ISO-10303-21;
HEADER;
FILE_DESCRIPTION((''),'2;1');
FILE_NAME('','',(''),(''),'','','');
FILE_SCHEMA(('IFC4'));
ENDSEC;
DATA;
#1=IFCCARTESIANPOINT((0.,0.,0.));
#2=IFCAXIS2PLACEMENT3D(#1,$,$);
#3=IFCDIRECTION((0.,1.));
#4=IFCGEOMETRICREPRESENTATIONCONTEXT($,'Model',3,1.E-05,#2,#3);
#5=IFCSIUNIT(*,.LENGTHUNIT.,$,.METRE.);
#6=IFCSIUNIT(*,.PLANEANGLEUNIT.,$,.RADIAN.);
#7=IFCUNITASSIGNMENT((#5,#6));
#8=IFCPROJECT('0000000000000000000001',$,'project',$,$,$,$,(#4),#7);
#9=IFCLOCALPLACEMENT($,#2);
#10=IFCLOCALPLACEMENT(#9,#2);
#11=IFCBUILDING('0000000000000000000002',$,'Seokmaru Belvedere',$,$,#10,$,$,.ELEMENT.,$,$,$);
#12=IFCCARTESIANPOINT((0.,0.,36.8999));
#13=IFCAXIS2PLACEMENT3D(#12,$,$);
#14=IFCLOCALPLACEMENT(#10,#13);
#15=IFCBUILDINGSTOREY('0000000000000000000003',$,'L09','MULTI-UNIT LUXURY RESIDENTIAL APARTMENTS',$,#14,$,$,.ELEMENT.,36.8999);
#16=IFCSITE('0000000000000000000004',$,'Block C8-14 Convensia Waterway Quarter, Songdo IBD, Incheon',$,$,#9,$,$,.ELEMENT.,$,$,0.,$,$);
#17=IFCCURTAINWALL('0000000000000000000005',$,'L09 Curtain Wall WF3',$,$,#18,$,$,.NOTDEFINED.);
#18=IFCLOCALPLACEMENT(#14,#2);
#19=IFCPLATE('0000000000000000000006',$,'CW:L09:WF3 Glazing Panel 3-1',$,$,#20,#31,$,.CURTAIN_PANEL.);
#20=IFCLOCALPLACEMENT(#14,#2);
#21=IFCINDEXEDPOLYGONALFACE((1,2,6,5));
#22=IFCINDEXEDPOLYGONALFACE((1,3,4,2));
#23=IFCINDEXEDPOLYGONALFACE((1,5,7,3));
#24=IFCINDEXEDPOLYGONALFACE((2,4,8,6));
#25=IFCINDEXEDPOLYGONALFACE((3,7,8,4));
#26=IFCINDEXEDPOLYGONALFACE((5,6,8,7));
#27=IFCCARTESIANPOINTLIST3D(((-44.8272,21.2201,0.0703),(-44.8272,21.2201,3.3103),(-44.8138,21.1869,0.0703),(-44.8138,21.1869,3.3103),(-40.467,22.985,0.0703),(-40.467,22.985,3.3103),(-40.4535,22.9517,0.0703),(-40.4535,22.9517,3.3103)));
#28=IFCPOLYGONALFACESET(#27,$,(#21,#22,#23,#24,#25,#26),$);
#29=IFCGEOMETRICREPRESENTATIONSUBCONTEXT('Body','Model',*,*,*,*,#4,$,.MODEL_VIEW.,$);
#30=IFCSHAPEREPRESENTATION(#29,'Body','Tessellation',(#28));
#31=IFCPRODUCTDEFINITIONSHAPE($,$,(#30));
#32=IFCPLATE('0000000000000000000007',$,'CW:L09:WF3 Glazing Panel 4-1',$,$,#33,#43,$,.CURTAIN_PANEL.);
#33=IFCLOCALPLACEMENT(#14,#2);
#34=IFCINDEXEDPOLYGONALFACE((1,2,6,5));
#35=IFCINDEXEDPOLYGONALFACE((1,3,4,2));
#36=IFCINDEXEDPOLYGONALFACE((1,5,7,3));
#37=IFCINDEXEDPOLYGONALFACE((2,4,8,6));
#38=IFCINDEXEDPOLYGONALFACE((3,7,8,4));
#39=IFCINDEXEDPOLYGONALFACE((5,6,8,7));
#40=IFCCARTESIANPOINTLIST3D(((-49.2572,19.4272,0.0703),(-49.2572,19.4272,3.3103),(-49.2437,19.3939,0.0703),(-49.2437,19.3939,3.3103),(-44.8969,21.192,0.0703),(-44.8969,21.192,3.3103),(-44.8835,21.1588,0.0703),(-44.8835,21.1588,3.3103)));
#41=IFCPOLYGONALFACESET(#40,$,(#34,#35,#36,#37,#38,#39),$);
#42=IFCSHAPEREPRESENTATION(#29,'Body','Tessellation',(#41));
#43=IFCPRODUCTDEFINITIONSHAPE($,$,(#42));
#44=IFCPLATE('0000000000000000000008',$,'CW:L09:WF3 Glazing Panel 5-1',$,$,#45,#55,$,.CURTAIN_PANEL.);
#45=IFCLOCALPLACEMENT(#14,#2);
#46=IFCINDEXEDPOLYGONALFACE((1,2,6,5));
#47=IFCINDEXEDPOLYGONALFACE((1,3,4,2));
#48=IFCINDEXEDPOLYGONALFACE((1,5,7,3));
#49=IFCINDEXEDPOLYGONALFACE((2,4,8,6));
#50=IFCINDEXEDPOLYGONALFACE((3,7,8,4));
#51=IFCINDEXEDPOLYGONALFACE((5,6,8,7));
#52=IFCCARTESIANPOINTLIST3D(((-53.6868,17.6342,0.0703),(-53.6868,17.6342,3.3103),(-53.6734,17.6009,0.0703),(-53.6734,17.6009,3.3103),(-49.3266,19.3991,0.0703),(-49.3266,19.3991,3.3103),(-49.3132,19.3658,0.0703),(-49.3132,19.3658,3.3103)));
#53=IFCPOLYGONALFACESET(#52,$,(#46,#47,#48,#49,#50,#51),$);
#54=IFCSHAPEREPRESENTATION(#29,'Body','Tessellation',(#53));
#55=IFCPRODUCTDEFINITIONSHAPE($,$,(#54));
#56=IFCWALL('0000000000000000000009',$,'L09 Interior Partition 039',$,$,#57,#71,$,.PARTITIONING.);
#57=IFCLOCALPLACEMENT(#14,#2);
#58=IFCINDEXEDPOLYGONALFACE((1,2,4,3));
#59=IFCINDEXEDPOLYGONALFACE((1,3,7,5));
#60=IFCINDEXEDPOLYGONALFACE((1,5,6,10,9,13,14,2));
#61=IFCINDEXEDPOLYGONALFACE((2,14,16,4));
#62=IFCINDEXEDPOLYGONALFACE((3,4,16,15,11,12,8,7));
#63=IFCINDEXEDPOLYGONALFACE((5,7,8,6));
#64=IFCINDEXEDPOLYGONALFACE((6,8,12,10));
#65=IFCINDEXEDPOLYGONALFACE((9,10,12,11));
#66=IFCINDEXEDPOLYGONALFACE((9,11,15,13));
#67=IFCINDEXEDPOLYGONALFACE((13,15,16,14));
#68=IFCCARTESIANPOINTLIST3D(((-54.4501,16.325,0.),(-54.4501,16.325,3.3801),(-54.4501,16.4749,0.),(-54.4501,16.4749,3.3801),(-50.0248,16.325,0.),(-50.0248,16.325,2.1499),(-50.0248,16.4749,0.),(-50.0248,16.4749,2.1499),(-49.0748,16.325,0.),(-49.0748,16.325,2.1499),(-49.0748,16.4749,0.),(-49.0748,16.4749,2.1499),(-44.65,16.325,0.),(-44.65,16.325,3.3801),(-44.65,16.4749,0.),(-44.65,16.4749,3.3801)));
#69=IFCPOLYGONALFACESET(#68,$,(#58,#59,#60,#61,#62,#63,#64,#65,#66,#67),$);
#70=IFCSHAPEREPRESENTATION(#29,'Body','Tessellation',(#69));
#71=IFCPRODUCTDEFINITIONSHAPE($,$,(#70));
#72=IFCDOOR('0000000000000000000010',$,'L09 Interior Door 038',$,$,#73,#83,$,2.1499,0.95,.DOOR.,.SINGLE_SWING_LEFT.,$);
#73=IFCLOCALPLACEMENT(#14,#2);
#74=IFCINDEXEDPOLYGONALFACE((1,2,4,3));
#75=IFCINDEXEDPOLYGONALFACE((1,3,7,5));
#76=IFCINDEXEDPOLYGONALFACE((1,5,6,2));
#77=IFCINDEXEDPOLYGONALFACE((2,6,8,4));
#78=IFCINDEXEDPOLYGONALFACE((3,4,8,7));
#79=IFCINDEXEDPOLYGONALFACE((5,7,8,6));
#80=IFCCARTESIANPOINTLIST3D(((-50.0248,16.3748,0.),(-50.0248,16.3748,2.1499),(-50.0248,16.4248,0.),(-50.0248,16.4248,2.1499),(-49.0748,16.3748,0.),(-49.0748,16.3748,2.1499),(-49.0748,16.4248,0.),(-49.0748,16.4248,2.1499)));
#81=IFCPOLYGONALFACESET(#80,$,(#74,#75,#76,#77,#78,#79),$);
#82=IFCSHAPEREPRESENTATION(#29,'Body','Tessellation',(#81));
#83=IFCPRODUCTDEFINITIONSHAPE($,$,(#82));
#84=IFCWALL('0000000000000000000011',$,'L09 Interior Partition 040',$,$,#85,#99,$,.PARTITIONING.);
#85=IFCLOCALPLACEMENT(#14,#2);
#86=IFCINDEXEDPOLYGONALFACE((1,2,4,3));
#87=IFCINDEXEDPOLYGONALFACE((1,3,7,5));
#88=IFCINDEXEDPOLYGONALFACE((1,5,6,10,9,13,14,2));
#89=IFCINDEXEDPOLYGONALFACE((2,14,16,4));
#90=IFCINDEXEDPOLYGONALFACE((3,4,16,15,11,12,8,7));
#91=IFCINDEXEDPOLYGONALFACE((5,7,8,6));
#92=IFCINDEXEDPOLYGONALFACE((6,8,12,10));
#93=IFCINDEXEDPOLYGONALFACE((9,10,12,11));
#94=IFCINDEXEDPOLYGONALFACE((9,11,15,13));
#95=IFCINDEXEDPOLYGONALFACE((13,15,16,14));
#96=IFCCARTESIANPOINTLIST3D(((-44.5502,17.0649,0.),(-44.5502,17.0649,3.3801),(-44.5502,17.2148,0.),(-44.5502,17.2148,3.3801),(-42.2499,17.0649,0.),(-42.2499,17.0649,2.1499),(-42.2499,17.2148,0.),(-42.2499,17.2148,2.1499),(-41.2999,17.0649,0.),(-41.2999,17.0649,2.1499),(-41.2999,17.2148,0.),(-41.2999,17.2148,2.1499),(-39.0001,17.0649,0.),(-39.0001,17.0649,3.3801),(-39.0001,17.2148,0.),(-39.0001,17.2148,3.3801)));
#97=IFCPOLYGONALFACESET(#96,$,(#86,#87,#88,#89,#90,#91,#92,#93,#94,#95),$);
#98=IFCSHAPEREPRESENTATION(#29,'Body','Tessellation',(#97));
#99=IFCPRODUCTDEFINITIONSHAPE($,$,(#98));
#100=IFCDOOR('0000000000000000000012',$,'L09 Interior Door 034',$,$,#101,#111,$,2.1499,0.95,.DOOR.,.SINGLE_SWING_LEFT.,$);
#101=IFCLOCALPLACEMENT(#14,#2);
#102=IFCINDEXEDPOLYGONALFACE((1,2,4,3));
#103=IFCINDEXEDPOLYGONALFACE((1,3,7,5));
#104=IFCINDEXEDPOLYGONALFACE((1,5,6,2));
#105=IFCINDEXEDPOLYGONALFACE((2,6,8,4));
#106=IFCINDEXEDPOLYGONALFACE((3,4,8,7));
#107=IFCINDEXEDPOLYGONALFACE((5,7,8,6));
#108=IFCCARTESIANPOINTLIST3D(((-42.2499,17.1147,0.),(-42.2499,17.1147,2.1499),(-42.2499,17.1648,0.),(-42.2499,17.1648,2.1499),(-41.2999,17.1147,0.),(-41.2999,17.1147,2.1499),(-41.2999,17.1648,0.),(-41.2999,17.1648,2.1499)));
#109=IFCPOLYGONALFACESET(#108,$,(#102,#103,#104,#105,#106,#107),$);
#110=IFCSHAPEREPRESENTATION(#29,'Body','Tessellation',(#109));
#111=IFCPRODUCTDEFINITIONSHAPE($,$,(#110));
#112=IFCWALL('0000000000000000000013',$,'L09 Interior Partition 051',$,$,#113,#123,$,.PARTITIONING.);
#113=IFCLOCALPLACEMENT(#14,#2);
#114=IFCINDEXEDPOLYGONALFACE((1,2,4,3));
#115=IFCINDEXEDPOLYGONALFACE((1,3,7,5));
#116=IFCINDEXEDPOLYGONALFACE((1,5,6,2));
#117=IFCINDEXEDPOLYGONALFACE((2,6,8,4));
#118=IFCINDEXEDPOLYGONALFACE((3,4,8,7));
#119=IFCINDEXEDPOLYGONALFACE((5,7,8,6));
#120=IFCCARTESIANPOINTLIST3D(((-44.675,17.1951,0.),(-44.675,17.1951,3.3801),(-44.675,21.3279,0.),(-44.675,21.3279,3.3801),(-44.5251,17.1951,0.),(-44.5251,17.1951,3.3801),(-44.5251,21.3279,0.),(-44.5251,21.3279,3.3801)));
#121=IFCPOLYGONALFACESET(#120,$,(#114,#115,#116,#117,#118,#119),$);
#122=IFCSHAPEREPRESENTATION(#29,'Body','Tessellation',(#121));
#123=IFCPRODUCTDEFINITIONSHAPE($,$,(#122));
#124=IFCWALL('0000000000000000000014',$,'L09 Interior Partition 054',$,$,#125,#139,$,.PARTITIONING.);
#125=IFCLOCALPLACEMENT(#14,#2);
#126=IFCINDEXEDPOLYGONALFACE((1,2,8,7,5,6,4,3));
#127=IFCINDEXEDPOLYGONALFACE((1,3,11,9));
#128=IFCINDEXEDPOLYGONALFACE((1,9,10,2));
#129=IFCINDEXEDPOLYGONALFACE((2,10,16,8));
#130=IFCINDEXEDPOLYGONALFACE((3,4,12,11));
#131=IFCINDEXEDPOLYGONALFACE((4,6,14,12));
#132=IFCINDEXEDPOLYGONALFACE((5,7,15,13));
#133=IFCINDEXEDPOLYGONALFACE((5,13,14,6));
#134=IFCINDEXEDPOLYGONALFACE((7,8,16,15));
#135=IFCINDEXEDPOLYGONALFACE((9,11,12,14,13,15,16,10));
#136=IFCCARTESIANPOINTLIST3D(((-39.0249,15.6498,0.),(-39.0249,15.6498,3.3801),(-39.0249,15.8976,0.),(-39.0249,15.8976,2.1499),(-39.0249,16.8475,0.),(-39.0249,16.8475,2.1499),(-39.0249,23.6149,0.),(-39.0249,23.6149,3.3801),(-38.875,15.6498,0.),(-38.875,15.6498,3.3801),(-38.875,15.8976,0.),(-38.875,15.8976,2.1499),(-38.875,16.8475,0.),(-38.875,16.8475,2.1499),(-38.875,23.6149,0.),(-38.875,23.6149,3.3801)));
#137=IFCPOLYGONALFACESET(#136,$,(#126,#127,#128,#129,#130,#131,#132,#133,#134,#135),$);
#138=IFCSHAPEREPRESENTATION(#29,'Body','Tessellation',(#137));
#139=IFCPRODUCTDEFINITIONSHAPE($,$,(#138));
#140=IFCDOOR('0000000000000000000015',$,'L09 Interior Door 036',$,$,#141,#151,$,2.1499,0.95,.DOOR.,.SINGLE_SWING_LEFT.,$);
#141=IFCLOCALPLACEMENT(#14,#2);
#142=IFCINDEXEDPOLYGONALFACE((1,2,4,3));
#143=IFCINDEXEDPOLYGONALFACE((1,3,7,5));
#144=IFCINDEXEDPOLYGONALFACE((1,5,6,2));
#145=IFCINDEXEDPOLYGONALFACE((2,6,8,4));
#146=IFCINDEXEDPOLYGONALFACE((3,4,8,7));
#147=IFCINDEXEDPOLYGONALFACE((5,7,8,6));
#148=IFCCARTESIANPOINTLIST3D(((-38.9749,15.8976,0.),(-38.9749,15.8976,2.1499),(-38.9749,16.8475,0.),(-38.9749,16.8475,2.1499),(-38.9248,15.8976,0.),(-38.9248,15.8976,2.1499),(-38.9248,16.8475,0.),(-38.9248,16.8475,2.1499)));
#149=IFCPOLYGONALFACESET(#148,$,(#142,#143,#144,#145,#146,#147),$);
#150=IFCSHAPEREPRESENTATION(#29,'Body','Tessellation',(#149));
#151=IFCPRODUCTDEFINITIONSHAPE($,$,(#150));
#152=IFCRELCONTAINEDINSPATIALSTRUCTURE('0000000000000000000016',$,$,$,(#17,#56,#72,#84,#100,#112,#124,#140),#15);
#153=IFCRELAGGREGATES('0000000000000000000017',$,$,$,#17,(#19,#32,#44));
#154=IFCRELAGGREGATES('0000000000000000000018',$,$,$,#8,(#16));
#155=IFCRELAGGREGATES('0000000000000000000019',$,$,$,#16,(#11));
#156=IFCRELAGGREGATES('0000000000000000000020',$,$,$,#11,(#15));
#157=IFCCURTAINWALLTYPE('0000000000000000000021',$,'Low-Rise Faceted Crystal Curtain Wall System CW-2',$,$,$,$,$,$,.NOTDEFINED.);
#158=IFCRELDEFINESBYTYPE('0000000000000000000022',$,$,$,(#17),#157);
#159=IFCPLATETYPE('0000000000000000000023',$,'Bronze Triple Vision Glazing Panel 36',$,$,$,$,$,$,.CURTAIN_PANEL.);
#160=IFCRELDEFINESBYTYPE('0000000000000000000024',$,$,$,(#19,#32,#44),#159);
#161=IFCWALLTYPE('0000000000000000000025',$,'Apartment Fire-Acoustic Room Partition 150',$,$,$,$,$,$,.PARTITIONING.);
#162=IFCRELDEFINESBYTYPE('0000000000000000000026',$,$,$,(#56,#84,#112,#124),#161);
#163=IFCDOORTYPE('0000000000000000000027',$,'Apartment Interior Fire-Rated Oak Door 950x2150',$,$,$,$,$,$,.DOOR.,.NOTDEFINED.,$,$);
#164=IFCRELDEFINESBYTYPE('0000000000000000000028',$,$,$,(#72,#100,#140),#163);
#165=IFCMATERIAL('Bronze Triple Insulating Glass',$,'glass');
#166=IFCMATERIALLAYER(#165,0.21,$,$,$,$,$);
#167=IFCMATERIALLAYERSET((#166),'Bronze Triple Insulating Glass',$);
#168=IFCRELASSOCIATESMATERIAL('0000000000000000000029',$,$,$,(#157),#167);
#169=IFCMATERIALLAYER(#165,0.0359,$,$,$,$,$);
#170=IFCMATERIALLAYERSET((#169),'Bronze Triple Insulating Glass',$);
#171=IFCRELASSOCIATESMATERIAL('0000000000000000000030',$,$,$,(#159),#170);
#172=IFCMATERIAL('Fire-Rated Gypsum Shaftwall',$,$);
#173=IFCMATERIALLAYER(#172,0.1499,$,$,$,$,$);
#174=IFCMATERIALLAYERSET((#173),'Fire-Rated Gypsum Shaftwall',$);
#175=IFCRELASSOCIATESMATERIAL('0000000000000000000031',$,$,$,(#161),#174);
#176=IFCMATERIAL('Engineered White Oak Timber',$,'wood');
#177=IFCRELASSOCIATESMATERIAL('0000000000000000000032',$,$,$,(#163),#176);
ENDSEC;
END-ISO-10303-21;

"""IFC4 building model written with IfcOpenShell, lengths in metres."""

from ifc_helpers import new_model, si_unit, direction, frame, frame_2d, origin, origin_2d, place, context, subcontext, project, spatial, rectangle, extrude, source, transform, mapped, material, layer, layer_set, type_object, type_shapes, element, fill, aggregate, save


model = new_model("IFC4")

# Units and contexts
model_context = context("Model", 3, precision=1e-05, world=origin(), true_north=direction((0.0, 1.0)))
body_context = subcontext(model_context, "Body", "Model", "MODEL_VIEW")
ifc_project = project(units=[si_unit("LENGTHUNIT", "METRE"), si_unit("PLANEANGLEUNIT", "RADIAN")], contexts=[model_context])

# Site, building, storey
site_placement = place(None, origin())
site = spatial("IfcSite", under=ifc_project, at=site_placement, Name="Block C8-14 Convensia Waterway Quarter, Songdo IBD, Incheon", CompositionType="ELEMENT", RefElevation=0.0)
building_placement = place(site_placement, origin())
building = spatial("IfcBuilding", under=site, at=building_placement, Name="Seokmaru Belvedere", CompositionType="ELEMENT")
storey_placement = place(building_placement, frame((0.0, 0.0, 36.8999)))
storey = spatial("IfcBuildingStorey", under=building, at=storey_placement, Name="L09", Description="MULTI-UNIT LUXURY RESIDENTIAL APARTMENTS", CompositionType="ELEMENT", Elevation=36.8999)

# Curtain wall, plates
ifc_material_1 = material(Name="Bronze Triple Insulating Glass", Category="glass")
ifc_layer_1 = layer(ifc_material_1, 0.21)
ifc_layer_set_1 = layer_set([ifc_layer_1], Name="Bronze Triple Insulating Glass")
curtain_wall_type = type_object("IfcCurtainWallType", Name="Low-Rise Faceted Crystal Curtain Wall System CW-2", PredefinedType="NOTDEFINED", material=ifc_layer_set_1)
curtain_wall_placement = place(storey_placement, origin())
curtain_wall = element("IfcCurtainWall", 1, at=curtain_wall_placement, inside=storey, type_object=curtain_wall_type, Name="L09 Curtain Wall WF3", PredefinedType="NOTDEFINED")
ifc_layer_2 = layer(ifc_material_1, 0.0359)
ifc_layer_set_2 = layer_set([ifc_layer_2], Name="Bronze Triple Insulating Glass")
plate_type = type_object("IfcPlateType", Name="Bronze Triple Vision Glazing Panel 36", PredefinedType="CURTAIN_PANEL", material=ifc_layer_set_2)
shared_shape_1 = source(origin(), body_context, "Body", "SweptSolid", [
    extrude(rectangle(XDim=4.7039, YDim=0.0359, at=origin_2d()), origin(), (0.0, 0.0, 1.0), 3.24),
])
type_shapes(plate_type, [shared_shape_1])
plate_1_placement = place(storey_placement, frame((-42.6404, 22.0859, 0.0703), z_axis=(0.0, 0.0, 1.0), x_axis=(-0.926947, -0.375192, 0.0)))
plate_1 = element("IfcPlate", 2, at=plate_1_placement, type_object=plate_type, Name="CW:L09:WF3 Glazing Panel 3-1", PredefinedType="CURTAIN_PANEL", context=body_context, shape_type="MappedRepresentation", body=[
    mapped(shared_shape_1, transform((0.0, 0.0, 0.0), scale=1.0)),
])
plate_2_placement = place(storey_placement, frame((-47.0703, 20.293, 0.0703), z_axis=(0.0, 0.0, 1.0), x_axis=(-0.926947, -0.375192, 0.0)))
plate_2 = element("IfcPlate", 3, at=plate_2_placement, type_object=plate_type, Name="CW:L09:WF3 Glazing Panel 4-1", PredefinedType="CURTAIN_PANEL", context=body_context, shape_type="MappedRepresentation", body=[
    mapped(shared_shape_1, transform((0.0, 0.0, 0.0), scale=1.0)),
])
plate_3_placement = place(storey_placement, frame((-51.5, 18.5, 0.0703), z_axis=(0.0, 0.0, 1.0), x_axis=(-0.926947, -0.375192, 0.0)))
plate_3 = element("IfcPlate", 4, at=plate_3_placement, type_object=plate_type, Name="CW:L09:WF3 Glazing Panel 5-1", PredefinedType="CURTAIN_PANEL", context=body_context, shape_type="MappedRepresentation", body=[
    mapped(shared_shape_1, transform((0.0, 0.0, 0.0), scale=1.0)),
])
aggregate(curtain_wall, [plate_1, plate_2, plate_3])

# Walls, openings, doors
ifc_material_2 = material(Name="Fire-Rated Gypsum Shaftwall")
ifc_layer_3 = layer(ifc_material_2, 0.1499)
ifc_layer_set_3 = layer_set([ifc_layer_3], Name="Fire-Rated Gypsum Shaftwall")
wall_type_1 = type_object("IfcWallType", Name="Apartment Fire-Acoustic Room Partition 150", PredefinedType="PARTITIONING", material=ifc_layer_set_3)
wall_1_placement = place(storey_placement, frame((-54.45, 16.3999, 0.0), z_axis=(0.0, 0.0, 1.0), x_axis=(1.0, 0.0, 0.0)))
wall_1 = element("IfcWall", 5, at=wall_1_placement, inside=storey, type_object=wall_type_1, Name="L09 Interior Partition 039", PredefinedType="PARTITIONING", context=body_context, shape_type="SweptSolid", body=[
    extrude(rectangle(XDim=9.8, YDim=0.1499, at=frame_2d((4.8999, 0.0))), origin(), (0.0, 0.0, 1.0), 3.3801),
])
opening_1_placement = place(wall_1_placement, frame((4.425, 0.0, 0.0)))
opening_1 = element("IfcOpeningElement", 6, at=opening_1_placement, cuts=wall_1, PredefinedType="OPENING", context=body_context, shape_type="SweptSolid", body=[
    extrude(rectangle(XDim=0.95, YDim=2.1499, at=frame_2d((0.4751, 1.075))), frame((0.0, 0.085, 0.0), z_axis=(0.0, -1.0, 0.0), x_axis=(1.0, 0.0, 0.0)), (0.0, 0.0, 1.0), 0.1699),
])
ifc_material_3 = material(Name="Engineered White Oak Timber", Category="wood")
door_type_1 = type_object("IfcDoorType", Name="Apartment Interior Fire-Rated Oak Door 950x2150", OperationType="NOTDEFINED", PredefinedType="DOOR", material=ifc_material_3)
shared_shape_2 = source(origin(), body_context, "Body", "SweptSolid", [
    extrude(rectangle(XDim=0.95, YDim=2.1499, at=frame_2d((0.4751, 1.075))), frame((0.0, 0.0249, 0.0), z_axis=(0.0, -1.0, 0.0), x_axis=(1.0, 0.0, 0.0)), (0.0, 0.0, 1.0), 0.05),
])
type_shapes(door_type_1, [shared_shape_2])
door_1_placement = place(opening_1_placement, origin())
door_1 = element("IfcDoor", 7, at=door_1_placement, inside=storey, type_object=door_type_1, Name="L09 Interior Door 038", OperationType="SINGLE_SWING_LEFT", OverallHeight=2.1499, OverallWidth=0.95, PredefinedType="DOOR", context=body_context, shape_type="MappedRepresentation", body=[
    mapped(shared_shape_2, transform((0.0, 0.0, 0.0), scale=1.0)),
])
fill(opening_1, door_1)
wall_2_placement = place(storey_placement, frame((-44.55, 17.1399, 0.0), z_axis=(0.0, 0.0, 1.0), x_axis=(1.0, 0.0, 0.0)))
wall_2 = element("IfcWall", 8, at=wall_2_placement, inside=storey, type_object=wall_type_1, Name="L09 Interior Partition 040", PredefinedType="PARTITIONING", context=body_context, shape_type="SweptSolid", body=[
    extrude(rectangle(XDim=5.55, YDim=0.1499, at=frame_2d((2.7749, 0.0))), origin(), (0.0, 0.0, 1.0), 3.3801),
])
opening_2_placement = place(wall_2_placement, frame((2.3, 0.0, 0.0)))
opening_2 = element("IfcOpeningElement", 9, at=opening_2_placement, cuts=wall_2, PredefinedType="OPENING", context=body_context, shape_type="SweptSolid", body=[
    extrude(rectangle(XDim=0.95, YDim=2.1499, at=frame_2d((0.4751, 1.075))), frame((0.0, 0.085, 0.0), z_axis=(0.0, -1.0, 0.0), x_axis=(1.0, 0.0, 0.0)), (0.0, 0.0, 1.0), 0.1699),
])
door_2_placement = place(opening_2_placement, origin())
door_2 = element("IfcDoor", 10, at=door_2_placement, inside=storey, type_object=door_type_1, Name="L09 Interior Door 034", OperationType="SINGLE_SWING_LEFT", OverallHeight=2.1499, OverallWidth=0.95, PredefinedType="DOOR", context=body_context, shape_type="MappedRepresentation", body=[
    mapped(shared_shape_2, transform((0.0, 0.0, 0.0), scale=1.0)),
])
fill(opening_2, door_2)

# Wall
wall_3_placement = place(storey_placement, frame((-44.6001, 17.1951, 0.0), z_axis=(0.0, 0.0, 1.0), x_axis=(0.0, 1.0, 0.0)))
element("IfcWall", 11, at=wall_3_placement, inside=storey, type_object=wall_type_1, Name="L09 Interior Partition 051", PredefinedType="PARTITIONING", context=body_context, shape_type="SweptSolid", body=[
    extrude(rectangle(XDim=4.1328, YDim=0.1499, at=frame_2d((2.0664, 0.0))), origin(), (0.0, 0.0, 1.0), 3.3801),
])

# Wall, opening, door
wall_4_placement = place(storey_placement, frame((-38.95, 15.6499, 0.0), z_axis=(0.0, 0.0, 1.0), x_axis=(0.0, 1.0, 0.0)))
wall_4 = element("IfcWall", 12, at=wall_4_placement, inside=storey, type_object=wall_type_1, Name="L09 Interior Partition 054", PredefinedType="PARTITIONING", context=body_context, shape_type="SweptSolid", body=[
    extrude(rectangle(XDim=7.9651, YDim=0.1499, at=frame_2d((3.9824, 0.0))), origin(), (0.0, 0.0, 1.0), 3.3801),
])
opening_3_placement = place(wall_4_placement, frame((0.2476, 0.0, 0.0)))
opening_3 = element("IfcOpeningElement", 13, at=opening_3_placement, cuts=wall_4, PredefinedType="OPENING", context=body_context, shape_type="SweptSolid", body=[
    extrude(rectangle(XDim=0.95, YDim=2.1499, at=frame_2d((0.4751, 1.075))), frame((0.0, 0.085, 0.0), z_axis=(0.0, -1.0, 0.0), x_axis=(1.0, 0.0, 0.0)), (0.0, 0.0, 1.0), 0.1699),
])
door_3_placement = place(opening_3_placement, origin())
door_3 = element("IfcDoor", 14, at=door_3_placement, inside=storey, type_object=door_type_1, Name="L09 Interior Door 036", OperationType="SINGLE_SWING_LEFT", OverallHeight=2.1499, OverallWidth=0.95, PredefinedType="DOOR", context=body_context, shape_type="MappedRepresentation", body=[
    mapped(shared_shape_2, transform((0.0, 0.0, 0.0), scale=1.0)),
])
fill(opening_3, door_3)

save(model, "model.ifc")
